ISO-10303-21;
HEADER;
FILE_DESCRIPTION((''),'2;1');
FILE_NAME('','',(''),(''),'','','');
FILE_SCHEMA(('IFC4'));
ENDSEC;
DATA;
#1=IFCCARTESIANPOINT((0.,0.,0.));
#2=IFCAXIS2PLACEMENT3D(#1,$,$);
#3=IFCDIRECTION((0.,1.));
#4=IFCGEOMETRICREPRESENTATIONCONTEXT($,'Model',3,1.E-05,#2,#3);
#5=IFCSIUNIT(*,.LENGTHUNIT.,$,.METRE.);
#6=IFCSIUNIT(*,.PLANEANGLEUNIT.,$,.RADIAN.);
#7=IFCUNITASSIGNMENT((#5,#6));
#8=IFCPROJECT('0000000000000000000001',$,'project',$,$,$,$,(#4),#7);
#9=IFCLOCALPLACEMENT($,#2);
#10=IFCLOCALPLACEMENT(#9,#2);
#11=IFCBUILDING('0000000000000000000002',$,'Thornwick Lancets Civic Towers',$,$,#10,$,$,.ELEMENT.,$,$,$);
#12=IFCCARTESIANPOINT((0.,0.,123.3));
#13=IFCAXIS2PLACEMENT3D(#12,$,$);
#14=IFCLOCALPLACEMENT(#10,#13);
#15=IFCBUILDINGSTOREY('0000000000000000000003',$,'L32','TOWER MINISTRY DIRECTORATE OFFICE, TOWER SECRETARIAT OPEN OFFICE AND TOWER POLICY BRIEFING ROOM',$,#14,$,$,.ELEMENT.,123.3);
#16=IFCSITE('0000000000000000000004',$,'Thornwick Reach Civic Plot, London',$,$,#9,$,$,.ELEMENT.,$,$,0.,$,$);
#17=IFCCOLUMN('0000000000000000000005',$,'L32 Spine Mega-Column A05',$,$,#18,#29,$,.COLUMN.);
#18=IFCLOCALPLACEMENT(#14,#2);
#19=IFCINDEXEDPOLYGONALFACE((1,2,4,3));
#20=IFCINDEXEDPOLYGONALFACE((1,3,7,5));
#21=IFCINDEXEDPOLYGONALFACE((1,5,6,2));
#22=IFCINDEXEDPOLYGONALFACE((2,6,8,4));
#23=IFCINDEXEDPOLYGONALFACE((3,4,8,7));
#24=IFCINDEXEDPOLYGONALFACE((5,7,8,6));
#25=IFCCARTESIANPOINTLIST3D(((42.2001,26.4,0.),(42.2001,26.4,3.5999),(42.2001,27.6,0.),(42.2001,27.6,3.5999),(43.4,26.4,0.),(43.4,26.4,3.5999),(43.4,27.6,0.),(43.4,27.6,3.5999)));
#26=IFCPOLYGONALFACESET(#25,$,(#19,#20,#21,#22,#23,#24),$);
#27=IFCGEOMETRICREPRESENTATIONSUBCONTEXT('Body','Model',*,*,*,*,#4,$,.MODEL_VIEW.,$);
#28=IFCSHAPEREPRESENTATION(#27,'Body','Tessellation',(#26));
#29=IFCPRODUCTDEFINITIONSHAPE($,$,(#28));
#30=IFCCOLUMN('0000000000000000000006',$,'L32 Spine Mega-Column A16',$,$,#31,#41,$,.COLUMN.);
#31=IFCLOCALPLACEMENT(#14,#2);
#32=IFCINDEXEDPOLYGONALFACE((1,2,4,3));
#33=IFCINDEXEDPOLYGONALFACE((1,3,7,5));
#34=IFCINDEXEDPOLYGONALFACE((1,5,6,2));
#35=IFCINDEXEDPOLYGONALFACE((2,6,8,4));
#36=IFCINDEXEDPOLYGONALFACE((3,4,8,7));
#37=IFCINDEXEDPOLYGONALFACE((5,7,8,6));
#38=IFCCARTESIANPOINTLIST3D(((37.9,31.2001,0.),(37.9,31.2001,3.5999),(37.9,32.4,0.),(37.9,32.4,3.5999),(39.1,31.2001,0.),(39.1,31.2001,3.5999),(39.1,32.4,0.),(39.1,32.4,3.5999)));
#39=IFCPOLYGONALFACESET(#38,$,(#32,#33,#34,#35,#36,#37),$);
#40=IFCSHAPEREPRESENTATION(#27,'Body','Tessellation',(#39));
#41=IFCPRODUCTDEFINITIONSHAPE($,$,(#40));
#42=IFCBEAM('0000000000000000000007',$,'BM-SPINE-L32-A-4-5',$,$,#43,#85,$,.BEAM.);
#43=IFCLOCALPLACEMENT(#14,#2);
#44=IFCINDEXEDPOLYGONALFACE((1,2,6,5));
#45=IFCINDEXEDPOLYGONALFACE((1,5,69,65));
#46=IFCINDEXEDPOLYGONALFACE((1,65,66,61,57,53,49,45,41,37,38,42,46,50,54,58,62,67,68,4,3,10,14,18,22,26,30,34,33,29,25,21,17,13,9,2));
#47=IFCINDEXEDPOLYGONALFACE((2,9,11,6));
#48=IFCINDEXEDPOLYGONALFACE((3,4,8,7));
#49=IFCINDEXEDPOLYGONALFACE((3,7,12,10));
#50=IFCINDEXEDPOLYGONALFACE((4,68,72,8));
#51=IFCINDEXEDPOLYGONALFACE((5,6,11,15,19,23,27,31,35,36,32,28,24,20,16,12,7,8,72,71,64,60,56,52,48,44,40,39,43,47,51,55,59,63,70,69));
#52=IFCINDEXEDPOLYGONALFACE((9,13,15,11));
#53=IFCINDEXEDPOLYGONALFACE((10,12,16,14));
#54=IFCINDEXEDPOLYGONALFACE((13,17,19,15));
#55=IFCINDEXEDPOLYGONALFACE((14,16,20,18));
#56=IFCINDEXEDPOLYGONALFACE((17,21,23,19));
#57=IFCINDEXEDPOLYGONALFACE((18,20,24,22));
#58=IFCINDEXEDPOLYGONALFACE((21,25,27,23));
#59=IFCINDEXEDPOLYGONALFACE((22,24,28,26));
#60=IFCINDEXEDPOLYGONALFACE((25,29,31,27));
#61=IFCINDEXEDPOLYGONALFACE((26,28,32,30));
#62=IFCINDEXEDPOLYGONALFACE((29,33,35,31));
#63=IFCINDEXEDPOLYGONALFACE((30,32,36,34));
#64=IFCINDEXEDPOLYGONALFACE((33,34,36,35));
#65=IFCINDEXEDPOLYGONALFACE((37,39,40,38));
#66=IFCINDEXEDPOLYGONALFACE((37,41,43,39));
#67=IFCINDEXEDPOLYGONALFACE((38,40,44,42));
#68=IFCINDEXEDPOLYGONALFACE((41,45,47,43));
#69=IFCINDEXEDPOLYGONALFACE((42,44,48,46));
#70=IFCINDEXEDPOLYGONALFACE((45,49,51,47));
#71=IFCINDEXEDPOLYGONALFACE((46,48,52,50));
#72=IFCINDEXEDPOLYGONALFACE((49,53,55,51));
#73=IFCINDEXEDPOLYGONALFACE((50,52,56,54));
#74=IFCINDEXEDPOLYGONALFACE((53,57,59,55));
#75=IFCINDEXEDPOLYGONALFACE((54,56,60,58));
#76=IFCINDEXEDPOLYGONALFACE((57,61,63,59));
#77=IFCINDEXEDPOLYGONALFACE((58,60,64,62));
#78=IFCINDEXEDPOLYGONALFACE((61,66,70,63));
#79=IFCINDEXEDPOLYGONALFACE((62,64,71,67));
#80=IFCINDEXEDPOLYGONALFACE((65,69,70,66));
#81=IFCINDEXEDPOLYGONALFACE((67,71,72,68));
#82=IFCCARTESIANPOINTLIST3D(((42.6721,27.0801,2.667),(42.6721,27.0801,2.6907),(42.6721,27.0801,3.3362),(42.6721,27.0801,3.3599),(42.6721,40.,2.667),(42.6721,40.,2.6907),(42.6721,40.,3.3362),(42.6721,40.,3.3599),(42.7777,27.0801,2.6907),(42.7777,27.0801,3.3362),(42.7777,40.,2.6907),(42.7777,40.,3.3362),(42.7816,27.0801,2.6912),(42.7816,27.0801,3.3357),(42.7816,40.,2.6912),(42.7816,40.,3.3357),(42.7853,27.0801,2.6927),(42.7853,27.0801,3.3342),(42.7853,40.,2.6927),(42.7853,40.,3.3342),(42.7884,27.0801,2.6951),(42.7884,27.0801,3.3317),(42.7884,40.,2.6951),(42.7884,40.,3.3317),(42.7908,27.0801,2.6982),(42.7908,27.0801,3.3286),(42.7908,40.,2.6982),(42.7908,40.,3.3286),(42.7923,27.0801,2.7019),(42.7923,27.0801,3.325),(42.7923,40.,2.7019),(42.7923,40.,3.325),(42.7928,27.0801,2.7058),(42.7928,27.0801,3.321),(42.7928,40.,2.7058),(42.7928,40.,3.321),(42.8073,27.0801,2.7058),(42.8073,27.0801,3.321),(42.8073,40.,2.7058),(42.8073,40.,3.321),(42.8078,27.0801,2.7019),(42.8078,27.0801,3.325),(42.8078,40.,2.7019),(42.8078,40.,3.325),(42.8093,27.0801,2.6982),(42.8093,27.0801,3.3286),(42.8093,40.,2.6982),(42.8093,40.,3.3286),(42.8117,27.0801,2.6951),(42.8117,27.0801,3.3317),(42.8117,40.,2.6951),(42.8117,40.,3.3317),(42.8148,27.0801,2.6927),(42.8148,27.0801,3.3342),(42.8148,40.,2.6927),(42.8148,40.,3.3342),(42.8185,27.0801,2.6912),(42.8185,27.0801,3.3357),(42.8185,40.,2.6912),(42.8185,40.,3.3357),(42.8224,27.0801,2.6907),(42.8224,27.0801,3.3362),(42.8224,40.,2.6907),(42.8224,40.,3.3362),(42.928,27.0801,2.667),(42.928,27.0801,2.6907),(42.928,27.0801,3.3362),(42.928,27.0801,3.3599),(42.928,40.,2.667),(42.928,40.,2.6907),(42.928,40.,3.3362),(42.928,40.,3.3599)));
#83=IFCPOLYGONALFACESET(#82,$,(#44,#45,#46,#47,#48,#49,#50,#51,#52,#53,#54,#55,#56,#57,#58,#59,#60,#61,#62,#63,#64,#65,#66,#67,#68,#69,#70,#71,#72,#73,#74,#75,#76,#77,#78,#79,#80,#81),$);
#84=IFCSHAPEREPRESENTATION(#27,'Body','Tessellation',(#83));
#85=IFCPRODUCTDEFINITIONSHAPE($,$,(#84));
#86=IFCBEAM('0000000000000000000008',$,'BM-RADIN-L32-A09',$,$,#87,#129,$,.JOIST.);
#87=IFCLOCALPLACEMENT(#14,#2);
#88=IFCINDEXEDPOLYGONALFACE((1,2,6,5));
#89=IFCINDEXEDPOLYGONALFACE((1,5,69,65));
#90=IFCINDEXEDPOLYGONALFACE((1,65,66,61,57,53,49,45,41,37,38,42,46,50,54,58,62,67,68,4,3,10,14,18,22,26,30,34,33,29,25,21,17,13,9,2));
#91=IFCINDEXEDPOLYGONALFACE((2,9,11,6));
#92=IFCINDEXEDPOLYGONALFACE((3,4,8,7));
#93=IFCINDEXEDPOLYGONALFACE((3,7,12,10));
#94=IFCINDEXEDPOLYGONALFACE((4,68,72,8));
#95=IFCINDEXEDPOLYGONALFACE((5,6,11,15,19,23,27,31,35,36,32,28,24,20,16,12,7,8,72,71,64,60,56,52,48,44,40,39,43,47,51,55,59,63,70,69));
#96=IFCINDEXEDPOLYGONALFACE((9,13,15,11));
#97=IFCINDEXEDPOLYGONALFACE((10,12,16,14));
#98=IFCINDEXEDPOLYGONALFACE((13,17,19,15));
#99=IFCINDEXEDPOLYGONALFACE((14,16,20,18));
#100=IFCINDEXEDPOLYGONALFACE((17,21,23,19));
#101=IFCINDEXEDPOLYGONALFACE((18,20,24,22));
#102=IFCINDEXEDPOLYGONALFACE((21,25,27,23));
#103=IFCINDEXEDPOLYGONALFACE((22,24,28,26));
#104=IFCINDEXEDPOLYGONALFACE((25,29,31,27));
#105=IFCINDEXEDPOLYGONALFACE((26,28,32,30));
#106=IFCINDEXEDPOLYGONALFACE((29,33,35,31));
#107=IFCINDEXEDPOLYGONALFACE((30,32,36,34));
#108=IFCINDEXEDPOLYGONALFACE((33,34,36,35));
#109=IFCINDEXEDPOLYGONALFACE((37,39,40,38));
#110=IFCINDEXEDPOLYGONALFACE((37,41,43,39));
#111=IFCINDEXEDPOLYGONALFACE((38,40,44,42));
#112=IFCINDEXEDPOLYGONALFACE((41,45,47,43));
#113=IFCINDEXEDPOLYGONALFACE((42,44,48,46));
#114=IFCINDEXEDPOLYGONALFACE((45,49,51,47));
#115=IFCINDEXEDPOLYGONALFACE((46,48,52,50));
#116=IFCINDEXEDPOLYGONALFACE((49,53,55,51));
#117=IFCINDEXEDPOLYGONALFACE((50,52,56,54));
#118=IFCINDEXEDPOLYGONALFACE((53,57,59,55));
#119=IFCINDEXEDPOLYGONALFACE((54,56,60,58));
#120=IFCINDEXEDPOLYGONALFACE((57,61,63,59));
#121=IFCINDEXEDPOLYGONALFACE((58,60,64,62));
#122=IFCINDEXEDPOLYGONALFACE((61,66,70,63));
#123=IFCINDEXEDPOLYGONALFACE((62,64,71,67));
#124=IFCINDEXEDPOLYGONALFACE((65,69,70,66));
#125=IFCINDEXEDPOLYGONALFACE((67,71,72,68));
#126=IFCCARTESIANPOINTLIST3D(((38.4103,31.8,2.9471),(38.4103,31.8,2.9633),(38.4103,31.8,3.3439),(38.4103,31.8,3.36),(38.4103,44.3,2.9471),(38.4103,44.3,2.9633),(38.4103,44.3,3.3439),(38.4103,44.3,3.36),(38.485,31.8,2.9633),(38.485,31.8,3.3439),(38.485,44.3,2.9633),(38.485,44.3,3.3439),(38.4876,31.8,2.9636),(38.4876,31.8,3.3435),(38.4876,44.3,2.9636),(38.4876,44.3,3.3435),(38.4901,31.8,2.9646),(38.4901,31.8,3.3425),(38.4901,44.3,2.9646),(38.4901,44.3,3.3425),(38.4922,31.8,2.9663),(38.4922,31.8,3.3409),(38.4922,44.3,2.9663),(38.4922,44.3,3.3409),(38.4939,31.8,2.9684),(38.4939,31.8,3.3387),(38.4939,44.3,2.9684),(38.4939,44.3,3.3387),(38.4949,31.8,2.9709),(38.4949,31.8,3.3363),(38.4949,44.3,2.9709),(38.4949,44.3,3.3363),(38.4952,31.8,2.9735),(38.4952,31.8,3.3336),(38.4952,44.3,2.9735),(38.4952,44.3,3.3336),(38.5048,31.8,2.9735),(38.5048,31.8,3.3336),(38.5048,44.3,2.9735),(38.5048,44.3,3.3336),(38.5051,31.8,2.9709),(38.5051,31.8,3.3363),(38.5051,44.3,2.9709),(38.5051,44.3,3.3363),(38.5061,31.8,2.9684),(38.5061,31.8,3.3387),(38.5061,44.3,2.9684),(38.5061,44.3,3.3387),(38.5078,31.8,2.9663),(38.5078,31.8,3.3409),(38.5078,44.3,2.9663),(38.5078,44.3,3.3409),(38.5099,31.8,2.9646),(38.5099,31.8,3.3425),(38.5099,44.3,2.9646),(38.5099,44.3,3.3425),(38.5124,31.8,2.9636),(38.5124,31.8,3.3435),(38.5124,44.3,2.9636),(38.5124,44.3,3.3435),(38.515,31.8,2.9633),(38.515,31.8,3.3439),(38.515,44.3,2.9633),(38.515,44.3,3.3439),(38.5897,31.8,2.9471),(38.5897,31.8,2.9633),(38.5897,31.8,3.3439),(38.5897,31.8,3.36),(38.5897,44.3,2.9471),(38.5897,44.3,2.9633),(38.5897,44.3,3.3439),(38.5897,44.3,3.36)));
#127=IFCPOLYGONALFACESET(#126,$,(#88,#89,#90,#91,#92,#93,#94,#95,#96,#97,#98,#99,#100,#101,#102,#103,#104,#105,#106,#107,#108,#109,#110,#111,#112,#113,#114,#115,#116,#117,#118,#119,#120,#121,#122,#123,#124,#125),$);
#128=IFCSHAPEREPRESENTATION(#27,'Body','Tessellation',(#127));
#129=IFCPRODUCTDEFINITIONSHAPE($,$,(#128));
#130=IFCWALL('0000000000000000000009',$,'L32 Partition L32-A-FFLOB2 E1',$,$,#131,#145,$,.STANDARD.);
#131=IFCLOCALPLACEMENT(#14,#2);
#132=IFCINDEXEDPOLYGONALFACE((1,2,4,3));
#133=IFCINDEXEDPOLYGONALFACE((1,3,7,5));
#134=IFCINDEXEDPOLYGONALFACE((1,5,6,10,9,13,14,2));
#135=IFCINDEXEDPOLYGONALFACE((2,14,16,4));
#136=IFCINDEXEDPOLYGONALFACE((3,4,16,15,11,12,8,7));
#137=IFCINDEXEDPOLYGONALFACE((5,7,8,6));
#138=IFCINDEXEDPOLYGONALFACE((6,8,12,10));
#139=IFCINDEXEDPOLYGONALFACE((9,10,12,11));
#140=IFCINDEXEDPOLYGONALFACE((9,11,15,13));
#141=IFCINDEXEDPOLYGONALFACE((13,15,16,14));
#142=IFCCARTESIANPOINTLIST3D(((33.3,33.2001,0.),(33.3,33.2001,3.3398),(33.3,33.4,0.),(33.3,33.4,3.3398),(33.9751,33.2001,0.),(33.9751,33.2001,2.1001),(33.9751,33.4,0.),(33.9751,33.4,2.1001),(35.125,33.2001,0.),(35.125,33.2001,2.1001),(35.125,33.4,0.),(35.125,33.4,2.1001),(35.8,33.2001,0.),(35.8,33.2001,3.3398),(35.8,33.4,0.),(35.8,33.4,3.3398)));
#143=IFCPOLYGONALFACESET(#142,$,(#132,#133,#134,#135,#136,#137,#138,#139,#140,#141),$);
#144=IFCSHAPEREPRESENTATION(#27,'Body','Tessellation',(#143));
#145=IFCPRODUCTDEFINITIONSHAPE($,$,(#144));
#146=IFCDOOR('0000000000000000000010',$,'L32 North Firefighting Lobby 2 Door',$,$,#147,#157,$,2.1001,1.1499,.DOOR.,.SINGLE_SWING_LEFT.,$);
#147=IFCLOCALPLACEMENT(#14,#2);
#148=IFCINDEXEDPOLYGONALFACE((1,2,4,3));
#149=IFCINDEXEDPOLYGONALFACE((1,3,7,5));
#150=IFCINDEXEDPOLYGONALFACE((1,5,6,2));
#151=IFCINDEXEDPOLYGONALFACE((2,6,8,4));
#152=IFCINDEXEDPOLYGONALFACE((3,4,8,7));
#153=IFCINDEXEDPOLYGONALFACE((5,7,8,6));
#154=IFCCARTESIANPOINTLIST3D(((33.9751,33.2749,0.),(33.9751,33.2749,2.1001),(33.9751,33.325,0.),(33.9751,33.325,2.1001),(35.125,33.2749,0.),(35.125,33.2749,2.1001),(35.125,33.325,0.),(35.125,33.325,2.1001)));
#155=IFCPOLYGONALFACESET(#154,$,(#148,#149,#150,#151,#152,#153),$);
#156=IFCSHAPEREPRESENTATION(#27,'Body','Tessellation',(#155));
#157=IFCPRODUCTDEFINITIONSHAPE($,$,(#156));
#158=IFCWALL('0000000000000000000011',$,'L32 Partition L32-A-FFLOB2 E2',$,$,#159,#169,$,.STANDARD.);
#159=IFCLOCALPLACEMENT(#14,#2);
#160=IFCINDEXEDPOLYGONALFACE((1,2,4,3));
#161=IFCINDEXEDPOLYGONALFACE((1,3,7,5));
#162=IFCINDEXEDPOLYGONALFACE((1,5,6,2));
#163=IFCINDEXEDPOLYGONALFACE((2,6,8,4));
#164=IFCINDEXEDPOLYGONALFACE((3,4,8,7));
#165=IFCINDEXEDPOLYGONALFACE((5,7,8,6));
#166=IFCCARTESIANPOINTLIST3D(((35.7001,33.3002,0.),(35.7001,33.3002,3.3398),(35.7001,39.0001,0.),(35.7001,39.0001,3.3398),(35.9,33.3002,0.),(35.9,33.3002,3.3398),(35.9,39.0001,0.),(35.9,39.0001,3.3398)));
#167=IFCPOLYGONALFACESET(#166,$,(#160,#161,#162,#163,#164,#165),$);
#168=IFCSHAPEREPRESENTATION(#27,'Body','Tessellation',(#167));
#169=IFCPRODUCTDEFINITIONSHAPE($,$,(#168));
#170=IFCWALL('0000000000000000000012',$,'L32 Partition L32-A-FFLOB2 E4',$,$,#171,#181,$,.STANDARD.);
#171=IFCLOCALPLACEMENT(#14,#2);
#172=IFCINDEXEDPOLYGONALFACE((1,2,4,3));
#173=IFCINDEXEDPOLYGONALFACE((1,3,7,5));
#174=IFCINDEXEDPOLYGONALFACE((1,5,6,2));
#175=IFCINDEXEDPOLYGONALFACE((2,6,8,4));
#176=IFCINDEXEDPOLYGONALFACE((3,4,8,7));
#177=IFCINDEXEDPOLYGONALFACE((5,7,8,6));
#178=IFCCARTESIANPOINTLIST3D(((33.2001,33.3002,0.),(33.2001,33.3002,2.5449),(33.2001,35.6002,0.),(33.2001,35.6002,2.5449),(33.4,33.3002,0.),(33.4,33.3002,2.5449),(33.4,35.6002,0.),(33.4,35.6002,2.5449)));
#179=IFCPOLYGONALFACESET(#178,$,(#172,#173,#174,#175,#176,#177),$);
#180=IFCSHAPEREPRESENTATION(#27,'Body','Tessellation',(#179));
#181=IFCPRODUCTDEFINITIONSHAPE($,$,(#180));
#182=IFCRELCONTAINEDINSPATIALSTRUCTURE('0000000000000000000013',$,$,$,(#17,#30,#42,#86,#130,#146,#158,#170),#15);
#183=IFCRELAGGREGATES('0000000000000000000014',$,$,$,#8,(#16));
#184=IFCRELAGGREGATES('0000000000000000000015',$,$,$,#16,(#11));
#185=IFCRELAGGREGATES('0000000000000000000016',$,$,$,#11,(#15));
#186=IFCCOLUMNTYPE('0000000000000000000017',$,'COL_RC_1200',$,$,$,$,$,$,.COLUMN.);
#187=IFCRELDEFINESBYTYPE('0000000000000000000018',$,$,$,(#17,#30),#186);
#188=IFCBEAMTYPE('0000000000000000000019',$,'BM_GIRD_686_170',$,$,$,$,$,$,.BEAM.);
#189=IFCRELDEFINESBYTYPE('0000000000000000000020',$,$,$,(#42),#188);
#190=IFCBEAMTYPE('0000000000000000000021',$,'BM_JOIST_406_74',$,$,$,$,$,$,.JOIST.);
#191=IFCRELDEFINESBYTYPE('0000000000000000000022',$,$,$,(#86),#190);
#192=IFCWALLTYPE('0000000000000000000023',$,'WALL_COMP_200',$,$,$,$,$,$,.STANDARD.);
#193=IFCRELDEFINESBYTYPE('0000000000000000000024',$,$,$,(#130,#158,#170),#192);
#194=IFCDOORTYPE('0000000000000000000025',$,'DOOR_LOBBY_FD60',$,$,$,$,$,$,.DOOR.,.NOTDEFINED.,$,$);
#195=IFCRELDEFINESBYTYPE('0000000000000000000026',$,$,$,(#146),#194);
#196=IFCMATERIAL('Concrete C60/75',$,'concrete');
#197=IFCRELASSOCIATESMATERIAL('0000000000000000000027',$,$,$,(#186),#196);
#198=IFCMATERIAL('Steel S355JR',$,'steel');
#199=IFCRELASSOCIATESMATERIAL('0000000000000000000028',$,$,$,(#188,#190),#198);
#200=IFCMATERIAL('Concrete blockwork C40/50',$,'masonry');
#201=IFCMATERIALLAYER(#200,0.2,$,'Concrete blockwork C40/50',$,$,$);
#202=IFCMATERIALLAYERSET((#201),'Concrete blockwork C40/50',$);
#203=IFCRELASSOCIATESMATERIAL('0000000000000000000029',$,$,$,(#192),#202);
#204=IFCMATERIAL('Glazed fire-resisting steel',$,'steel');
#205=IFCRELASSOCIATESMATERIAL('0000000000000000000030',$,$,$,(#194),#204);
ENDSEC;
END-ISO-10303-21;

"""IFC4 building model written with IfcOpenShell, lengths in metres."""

from ifc_helpers import new_model, si_unit, direction, frame, frame_2d, origin, origin_2d, place, context, subcontext, project, spatial, rectangle, i_section, extrude, material, layer, layer_set, material_profile, profile_set, type_object, element, fill, save


model = new_model("IFC4")

# Units and contexts
model_context = context("Model", 3, precision=1e-05, world=origin(), true_north=direction((0.0, 1.0)))
body_context = subcontext(model_context, "Body", "Model", "MODEL_VIEW")
ifc_project = project(units=[si_unit("LENGTHUNIT", "METRE"), si_unit("PLANEANGLEUNIT", "RADIAN")], contexts=[model_context])

# Site, building, storey
site_placement = place(None, origin())
site = spatial("IfcSite", under=ifc_project, at=site_placement, Name="Thornwick Reach Civic Plot, London", CompositionType="ELEMENT", RefElevation=0.0)
building_placement = place(site_placement, origin())
building = spatial("IfcBuilding", under=site, at=building_placement, Name="Thornwick Lancets Civic Towers", CompositionType="ELEMENT")
storey_placement = place(building_placement, frame((0.0, 0.0, 123.3)))
storey = spatial("IfcBuildingStorey", under=building, at=storey_placement, Name="L32", Description="TOWER MINISTRY DIRECTORATE OFFICE, TOWER SECRETARIAT OPEN OFFICE AND TOWER POLICY BRIEFING ROOM", CompositionType="ELEMENT", Elevation=123.3)

# Columns
ifc_material_1 = material(Name="Concrete C60/75", Category="concrete")
ifc_material_profile_1 = material_profile(ifc_material_1, rectangle(XDim=1.2, YDim=1.2, at=origin_2d()), Name="RC 1200x1200")
ifc_profile_set_1 = profile_set([ifc_material_profile_1], Name="Concrete C60/75")
column_type = type_object("IfcColumnType", Name="COL_RC_1200", PredefinedType="COLUMN", material=ifc_profile_set_1)
for number, where, z_axis, x_axis, name in (
    (1, (42.8, 27.0, 0.0), (0.0, 0.0, 1.0), (1.0, 0.0, 0.0), "L32 Spine Mega-Column A05"),
    (2, (38.5, 31.8, 0.0), (0.0, 0.0, 1.0), (1.0, 0.0, 0.0), "L32 Spine Mega-Column A16"),
):
    element("IfcColumn", number, at=place(storey_placement, frame(where, z_axis=z_axis, x_axis=x_axis)), inside=storey, type_object=column_type, Name=name, PredefinedType="COLUMN", context=body_context, shape_type="SweptSolid", body=[
        extrude(rectangle(XDim=1.2, YDim=1.2, at=origin_2d()), origin(), (0.0, 0.0, 1.0), 3.5999),
    ])

# Beams
ifc_material_2 = material(Name="Steel S355JR", Category="steel")
ifc_material_profile_2 = material_profile(ifc_material_2, i_section(OverallWidth=0.2559, OverallDepth=0.6929, WebThickness=0.0144, FlangeThickness=0.0237, FilletRadius=0.0151, at=origin_2d()), Name="UKB 686x254x170")
ifc_profile_set_2 = profile_set([ifc_material_profile_2], Name="Steel S355JR")
beam_type_1 = type_object("IfcBeamType", Name="BM_GIRD_686_170", PredefinedType="BEAM", material=ifc_profile_set_2)
beam_1_placement = place(storey_placement, frame((42.8, 27.0801, 3.0134), z_axis=(0.0, 1.0, 0.0), x_axis=(-1.0, 0.0, 0.0)))
element("IfcBeam", 3, at=beam_1_placement, inside=storey, type_object=beam_type_1, Name="BM-SPINE-L32-A-4-5", PredefinedType="BEAM", context=body_context, shape_type="SweptSolid", body=[
    extrude(i_section(OverallWidth=0.2559, OverallDepth=0.6929, WebThickness=0.0144, FlangeThickness=0.0237, FilletRadius=0.0151, at=origin_2d()), origin(), (0.0, 0.0, 1.0), 12.9199),
])
ifc_material_profile_3 = material_profile(ifc_material_2, i_section(OverallWidth=0.1794, OverallDepth=0.4128, WebThickness=0.0095, FlangeThickness=0.0161, FilletRadius=0.0103, at=origin_2d()), Name="UKB 406x178x74")
ifc_profile_set_3 = profile_set([ifc_material_profile_3], Name="Steel S355JR")
beam_type_2 = type_object("IfcBeamType", Name="BM_JOIST_406_74", PredefinedType="JOIST", material=ifc_profile_set_3)
beam_2_placement = place(storey_placement, frame((38.5, 31.8, 3.1536), z_axis=(0.0, 1.0, 0.0), x_axis=(-1.0, 0.0, 0.0)))
element("IfcBeam", 4, at=beam_2_placement, inside=storey, type_object=beam_type_2, Name="BM-RADIN-L32-A09", PredefinedType="JOIST", context=body_context, shape_type="SweptSolid", body=[
    extrude(i_section(OverallWidth=0.1794, OverallDepth=0.4128, WebThickness=0.0095, FlangeThickness=0.0161, FilletRadius=0.0103, at=origin_2d()), origin(), (0.0, 0.0, 1.0), 12.5),
])

# Wall, opening, door
ifc_material_3 = material(Name="Concrete blockwork C40/50", Category="masonry")
ifc_layer_1 = layer(ifc_material_3, 0.2, Name="Concrete blockwork C40/50")
ifc_layer_set_1 = layer_set([ifc_layer_1], Name="Concrete blockwork C40/50")
wall_type_1 = type_object("IfcWallType", Name="WALL_COMP_200", PredefinedType="STANDARD", material=ifc_layer_set_1)
wall_1_placement = place(storey_placement, frame((33.3, 33.3, 0.0), z_axis=(0.0, 0.0, 1.0), x_axis=(1.0, 0.0, 0.0)))
wall_1 = element("IfcWall", 5, at=wall_1_placement, inside=storey, type_object=wall_type_1, Name="L32 Partition L32-A-FFLOB2 E1", PredefinedType="STANDARD", context=body_context, shape_type="SweptSolid", body=[
    extrude(rectangle(XDim=2.5, YDim=0.2, at=frame_2d((1.25, 0.0))), origin(), (0.0, 0.0, 1.0), 3.3398),
])
opening_1_placement = place(wall_1_placement, frame((0.675, 0.0, 0.0)))
opening_1 = element("IfcOpeningElement", 6, at=opening_1_placement, cuts=wall_1, PredefinedType="OPENING", context=body_context, shape_type="SweptSolid", body=[
    extrude(rectangle(XDim=1.1499, YDim=2.1001, at=frame_2d((0.575, 1.05))), frame((0.0, 0.1099, 0.0), z_axis=(0.0, -1.0, 0.0), x_axis=(1.0, 0.0, 0.0)), (0.0, 0.0, 1.0), 0.22),
])
ifc_material_4 = material(Name="Glazed fire-resisting steel", Category="steel")
door_type = type_object("IfcDoorType", Name="DOOR_LOBBY_FD60", OperationType="NOTDEFINED", PredefinedType="DOOR", material=ifc_material_4)
door_1_placement = place(opening_1_placement, origin())
door_1 = element("IfcDoor", 7, at=door_1_placement, inside=storey, type_object=door_type, Name="L32 North Firefighting Lobby 2 Door", OperationType="SINGLE_SWING_LEFT", OverallHeight=2.1001, OverallWidth=1.1499, PredefinedType="DOOR", context=body_context, shape_type="SweptSolid", body=[
    extrude(rectangle(XDim=1.1499, YDim=2.1001, at=frame_2d((0.575, 1.05))), frame((0.0, 0.0249, 0.0), z_axis=(0.0, -1.0, 0.0), x_axis=(1.0, 0.0, 0.0)), (0.0, 0.0, 1.0), 0.05),
])
fill(opening_1, door_1)

# Walls
wall_2_placement = place(storey_placement, frame((35.8, 33.3, 0.0), z_axis=(0.0, 0.0, 1.0), x_axis=(0.0, 1.0, 0.0)))
element("IfcWall", 8, at=wall_2_placement, inside=storey, type_object=wall_type_1, Name="L32 Partition L32-A-FFLOB2 E2", PredefinedType="STANDARD", context=body_context, shape_type="SweptSolid", body=[
    extrude(rectangle(XDim=5.7, YDim=0.2, at=frame_2d((2.8501, 0.0))), origin(), (0.0, 0.0, 1.0), 3.3398),
])
wall_3_placement = place(storey_placement, frame((33.3, 35.6001, 0.0), z_axis=(0.0, 0.0, 1.0), x_axis=(0.0, -1.0, 0.0)))
element("IfcWall", 9, at=wall_3_placement, inside=storey, type_object=wall_type_1, Name="L32 Partition L32-A-FFLOB2 E4", PredefinedType="STANDARD", context=body_context, shape_type="SweptSolid", body=[
    extrude(rectangle(XDim=2.3, YDim=0.2, at=frame_2d((1.1499, 0.0))), origin(), (0.0, 0.0, 1.0), 2.5449),
])

save(model, "model.ifc")
